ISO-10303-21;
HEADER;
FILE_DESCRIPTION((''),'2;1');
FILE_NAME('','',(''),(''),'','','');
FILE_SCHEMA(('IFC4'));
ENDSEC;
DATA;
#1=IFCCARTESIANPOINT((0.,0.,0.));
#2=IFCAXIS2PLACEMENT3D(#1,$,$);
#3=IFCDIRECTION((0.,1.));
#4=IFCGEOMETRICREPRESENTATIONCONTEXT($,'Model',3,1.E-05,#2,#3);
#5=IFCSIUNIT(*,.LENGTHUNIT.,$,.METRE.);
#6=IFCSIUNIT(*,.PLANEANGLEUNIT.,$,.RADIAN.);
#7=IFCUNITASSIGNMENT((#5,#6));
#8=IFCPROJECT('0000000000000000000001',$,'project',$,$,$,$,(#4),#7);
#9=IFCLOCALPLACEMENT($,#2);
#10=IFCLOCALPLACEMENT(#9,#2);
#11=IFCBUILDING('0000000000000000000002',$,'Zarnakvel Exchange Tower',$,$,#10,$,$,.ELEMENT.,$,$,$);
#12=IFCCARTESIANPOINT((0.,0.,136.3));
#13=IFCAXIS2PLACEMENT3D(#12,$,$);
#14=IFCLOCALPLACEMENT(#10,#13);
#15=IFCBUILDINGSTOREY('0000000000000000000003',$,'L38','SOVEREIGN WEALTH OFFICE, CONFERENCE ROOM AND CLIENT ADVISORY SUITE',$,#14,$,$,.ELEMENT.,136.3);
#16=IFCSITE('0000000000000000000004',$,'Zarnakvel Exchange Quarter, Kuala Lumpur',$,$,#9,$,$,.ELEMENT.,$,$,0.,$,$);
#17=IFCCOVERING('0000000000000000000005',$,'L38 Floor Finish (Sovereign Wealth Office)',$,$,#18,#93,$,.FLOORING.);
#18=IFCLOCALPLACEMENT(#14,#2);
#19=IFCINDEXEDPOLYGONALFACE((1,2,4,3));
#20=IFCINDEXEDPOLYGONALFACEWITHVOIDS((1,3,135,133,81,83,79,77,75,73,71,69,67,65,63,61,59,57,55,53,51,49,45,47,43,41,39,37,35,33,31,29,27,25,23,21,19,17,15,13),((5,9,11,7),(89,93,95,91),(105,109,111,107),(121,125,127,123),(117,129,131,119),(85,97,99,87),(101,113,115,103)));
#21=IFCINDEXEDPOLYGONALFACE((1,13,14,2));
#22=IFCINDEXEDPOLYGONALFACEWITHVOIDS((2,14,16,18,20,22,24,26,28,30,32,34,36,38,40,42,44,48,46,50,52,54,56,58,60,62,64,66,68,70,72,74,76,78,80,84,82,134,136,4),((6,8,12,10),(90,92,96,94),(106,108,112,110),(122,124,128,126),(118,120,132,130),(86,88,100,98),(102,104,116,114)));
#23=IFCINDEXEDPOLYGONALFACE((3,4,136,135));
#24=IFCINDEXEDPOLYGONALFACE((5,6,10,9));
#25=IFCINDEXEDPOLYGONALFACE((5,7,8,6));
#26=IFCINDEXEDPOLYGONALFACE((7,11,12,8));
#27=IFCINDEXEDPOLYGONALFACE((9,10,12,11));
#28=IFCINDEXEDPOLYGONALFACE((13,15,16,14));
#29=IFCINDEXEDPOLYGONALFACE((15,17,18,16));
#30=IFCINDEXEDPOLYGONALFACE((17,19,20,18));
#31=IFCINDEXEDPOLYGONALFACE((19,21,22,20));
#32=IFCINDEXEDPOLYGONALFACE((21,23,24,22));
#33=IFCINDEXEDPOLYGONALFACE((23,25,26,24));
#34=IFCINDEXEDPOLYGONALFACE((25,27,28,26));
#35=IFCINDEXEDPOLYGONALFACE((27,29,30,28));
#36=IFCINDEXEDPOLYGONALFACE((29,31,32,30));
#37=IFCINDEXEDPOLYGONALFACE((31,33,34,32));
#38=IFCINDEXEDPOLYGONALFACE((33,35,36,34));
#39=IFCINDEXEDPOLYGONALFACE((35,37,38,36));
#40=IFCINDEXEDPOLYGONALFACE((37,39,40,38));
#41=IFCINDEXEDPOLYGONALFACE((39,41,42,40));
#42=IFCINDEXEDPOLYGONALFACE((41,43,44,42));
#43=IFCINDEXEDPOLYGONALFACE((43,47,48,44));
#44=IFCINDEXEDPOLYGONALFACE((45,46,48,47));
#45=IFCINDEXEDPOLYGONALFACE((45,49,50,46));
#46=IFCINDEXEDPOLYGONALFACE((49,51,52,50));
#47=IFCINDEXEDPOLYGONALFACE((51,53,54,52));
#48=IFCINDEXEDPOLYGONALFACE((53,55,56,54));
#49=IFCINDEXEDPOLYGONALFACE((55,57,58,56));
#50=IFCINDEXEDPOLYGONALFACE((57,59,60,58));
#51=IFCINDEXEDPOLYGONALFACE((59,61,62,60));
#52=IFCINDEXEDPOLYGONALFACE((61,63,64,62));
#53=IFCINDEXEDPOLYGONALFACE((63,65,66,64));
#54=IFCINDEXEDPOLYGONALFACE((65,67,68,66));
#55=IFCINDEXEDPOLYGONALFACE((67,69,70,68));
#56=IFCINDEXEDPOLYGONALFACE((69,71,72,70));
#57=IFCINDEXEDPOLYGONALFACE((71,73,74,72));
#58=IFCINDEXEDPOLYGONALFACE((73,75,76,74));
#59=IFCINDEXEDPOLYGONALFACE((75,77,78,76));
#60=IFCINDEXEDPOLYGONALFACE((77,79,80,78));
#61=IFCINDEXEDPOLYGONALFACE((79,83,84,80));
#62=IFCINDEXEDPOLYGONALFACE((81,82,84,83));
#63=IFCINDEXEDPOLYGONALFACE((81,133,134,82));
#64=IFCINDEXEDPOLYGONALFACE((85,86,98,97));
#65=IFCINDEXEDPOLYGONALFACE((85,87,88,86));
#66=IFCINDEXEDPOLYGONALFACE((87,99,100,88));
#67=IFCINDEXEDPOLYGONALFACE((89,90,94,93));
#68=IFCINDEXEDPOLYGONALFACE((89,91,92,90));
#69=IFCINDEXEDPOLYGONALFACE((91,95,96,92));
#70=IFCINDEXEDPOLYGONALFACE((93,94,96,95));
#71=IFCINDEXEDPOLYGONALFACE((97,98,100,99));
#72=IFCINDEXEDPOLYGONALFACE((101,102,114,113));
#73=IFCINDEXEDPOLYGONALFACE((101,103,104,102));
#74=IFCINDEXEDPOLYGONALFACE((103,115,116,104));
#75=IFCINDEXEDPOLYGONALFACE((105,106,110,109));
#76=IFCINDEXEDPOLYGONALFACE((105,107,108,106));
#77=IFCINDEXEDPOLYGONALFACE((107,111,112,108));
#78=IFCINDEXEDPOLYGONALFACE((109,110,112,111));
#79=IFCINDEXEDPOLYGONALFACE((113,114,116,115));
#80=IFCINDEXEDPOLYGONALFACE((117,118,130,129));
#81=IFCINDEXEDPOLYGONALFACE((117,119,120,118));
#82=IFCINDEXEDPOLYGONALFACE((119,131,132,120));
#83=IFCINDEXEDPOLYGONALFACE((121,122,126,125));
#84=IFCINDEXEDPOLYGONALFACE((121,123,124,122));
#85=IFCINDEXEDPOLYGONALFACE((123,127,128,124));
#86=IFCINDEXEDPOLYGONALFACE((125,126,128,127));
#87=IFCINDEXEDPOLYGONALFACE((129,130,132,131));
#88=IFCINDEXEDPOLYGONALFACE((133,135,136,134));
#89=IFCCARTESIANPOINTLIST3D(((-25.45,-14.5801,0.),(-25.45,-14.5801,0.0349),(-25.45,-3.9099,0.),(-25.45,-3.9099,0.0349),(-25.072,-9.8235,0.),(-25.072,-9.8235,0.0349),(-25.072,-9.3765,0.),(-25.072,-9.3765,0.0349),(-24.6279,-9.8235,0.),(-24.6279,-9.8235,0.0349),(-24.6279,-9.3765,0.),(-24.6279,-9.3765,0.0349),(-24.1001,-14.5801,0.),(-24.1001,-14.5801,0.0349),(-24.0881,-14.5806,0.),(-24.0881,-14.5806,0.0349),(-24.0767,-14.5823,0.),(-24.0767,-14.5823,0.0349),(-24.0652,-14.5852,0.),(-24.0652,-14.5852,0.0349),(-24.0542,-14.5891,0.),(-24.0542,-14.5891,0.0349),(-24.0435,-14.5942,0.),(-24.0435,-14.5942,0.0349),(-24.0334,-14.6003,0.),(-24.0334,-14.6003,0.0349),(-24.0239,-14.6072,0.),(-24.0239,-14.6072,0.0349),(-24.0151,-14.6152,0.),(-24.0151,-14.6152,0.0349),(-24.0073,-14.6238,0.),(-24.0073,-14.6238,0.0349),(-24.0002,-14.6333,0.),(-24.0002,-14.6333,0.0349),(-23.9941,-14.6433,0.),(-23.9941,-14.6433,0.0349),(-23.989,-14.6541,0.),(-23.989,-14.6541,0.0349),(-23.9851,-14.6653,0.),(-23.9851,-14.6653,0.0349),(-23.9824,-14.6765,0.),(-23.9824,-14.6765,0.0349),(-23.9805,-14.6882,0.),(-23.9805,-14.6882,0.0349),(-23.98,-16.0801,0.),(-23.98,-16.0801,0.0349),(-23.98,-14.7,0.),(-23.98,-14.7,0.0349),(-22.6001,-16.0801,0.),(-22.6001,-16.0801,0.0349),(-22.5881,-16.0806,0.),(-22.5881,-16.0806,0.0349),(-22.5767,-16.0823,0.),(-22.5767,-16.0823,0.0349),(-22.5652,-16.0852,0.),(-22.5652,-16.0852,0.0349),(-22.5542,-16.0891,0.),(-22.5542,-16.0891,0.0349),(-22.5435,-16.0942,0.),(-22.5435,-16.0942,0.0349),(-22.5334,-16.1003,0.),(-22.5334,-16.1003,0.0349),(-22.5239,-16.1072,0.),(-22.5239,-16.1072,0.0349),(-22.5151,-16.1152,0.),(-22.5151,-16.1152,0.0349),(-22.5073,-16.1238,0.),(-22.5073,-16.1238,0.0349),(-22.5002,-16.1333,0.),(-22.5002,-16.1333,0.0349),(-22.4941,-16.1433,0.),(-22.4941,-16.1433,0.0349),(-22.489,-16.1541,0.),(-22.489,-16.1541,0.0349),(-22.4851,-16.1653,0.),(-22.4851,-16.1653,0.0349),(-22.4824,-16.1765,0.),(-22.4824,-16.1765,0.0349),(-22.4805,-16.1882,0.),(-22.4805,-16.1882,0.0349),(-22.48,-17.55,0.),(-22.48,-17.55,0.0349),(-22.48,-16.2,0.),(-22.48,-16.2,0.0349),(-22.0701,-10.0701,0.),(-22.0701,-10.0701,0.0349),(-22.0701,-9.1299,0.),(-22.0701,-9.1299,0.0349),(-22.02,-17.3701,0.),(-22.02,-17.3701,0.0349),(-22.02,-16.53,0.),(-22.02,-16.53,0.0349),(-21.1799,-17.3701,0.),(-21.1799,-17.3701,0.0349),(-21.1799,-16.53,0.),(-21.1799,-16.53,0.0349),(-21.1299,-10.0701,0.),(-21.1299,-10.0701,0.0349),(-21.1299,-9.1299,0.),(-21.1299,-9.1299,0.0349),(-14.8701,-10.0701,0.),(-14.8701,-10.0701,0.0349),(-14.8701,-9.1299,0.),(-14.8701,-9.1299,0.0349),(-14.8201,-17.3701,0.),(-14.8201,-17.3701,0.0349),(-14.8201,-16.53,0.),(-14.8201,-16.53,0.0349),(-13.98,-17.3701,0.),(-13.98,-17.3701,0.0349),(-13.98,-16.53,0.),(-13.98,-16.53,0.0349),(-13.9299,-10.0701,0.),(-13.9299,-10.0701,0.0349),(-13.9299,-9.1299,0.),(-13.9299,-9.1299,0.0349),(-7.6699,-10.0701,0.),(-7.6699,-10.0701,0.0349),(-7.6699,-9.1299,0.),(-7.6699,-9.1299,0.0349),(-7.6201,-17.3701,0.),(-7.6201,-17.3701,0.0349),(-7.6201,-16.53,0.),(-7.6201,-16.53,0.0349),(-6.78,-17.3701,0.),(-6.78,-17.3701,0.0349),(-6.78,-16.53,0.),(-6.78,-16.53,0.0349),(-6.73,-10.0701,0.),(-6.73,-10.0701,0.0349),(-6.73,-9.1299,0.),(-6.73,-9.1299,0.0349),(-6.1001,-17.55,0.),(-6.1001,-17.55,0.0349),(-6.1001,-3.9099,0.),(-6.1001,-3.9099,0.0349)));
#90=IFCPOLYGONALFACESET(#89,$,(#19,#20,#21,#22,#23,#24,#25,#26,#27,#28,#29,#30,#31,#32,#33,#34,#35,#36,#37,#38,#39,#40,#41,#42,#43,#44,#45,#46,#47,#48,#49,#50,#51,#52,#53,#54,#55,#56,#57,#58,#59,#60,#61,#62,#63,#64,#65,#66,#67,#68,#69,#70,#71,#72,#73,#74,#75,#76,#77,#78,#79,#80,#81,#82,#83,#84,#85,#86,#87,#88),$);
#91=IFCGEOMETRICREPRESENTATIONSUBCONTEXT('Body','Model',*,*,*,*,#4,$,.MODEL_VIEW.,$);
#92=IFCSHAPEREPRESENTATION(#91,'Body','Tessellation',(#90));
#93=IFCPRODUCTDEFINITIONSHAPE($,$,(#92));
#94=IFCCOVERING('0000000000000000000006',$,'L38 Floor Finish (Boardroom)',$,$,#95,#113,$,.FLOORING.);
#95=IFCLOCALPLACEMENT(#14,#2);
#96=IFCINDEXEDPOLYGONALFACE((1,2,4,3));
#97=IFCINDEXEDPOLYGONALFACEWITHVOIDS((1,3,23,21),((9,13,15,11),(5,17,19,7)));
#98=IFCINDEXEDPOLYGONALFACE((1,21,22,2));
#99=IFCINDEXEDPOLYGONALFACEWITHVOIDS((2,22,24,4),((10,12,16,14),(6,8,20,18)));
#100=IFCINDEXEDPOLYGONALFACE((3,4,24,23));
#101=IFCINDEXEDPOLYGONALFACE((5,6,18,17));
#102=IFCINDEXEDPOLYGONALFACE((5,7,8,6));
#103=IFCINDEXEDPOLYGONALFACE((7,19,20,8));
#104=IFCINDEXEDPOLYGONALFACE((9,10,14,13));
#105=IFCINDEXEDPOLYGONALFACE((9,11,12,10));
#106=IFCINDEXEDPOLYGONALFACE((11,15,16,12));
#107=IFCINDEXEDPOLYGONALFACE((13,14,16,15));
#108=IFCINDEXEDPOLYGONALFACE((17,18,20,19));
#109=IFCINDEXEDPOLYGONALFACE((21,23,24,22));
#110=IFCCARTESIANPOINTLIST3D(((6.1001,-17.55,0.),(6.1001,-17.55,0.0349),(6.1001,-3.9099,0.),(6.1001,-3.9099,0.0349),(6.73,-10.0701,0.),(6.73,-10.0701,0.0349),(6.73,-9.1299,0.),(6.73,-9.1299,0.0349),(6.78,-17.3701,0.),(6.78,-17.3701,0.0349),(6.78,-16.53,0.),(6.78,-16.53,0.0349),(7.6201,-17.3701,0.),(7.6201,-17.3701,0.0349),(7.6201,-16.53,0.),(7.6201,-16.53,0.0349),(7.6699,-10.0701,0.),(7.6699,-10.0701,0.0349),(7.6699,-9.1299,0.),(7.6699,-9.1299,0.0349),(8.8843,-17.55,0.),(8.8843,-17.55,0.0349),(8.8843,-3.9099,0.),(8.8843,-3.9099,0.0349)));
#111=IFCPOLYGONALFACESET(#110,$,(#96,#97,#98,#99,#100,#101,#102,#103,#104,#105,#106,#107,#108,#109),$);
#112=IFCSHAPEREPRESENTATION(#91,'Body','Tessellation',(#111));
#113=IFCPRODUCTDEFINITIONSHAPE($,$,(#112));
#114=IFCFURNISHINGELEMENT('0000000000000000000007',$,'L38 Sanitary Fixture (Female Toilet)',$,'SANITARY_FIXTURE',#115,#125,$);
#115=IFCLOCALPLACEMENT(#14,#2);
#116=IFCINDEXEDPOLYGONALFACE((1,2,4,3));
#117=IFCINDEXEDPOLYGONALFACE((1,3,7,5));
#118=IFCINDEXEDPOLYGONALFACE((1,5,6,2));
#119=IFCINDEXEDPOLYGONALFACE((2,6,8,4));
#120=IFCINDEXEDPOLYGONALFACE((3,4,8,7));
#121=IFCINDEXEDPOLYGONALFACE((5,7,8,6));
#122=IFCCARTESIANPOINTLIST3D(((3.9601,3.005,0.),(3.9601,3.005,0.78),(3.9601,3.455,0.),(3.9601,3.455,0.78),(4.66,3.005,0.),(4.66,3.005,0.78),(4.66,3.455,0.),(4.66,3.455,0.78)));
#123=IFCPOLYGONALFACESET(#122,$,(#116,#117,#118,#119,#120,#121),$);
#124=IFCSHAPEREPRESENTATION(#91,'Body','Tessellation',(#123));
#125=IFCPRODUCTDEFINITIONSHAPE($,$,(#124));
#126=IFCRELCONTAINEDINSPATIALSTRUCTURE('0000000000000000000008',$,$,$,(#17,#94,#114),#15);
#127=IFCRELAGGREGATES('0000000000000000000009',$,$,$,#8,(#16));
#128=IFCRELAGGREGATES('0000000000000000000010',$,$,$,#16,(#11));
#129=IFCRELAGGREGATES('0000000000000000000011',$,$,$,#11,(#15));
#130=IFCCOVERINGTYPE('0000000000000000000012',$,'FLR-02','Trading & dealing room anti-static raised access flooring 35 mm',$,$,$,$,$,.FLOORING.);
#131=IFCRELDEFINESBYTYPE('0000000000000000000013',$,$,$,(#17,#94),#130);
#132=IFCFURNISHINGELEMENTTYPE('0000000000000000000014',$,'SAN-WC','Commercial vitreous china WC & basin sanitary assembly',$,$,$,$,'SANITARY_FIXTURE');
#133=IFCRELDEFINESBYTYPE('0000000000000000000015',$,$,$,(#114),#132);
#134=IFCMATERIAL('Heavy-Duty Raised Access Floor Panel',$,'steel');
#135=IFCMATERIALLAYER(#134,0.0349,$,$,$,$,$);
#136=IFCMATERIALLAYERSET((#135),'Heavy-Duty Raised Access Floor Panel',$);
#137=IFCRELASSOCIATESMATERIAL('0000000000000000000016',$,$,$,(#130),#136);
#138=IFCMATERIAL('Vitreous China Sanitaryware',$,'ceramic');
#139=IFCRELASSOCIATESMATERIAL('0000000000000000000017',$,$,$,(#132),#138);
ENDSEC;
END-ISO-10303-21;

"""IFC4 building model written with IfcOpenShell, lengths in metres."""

from ifc_helpers import new_model, si_unit, direction, frame, origin, origin_2d, place, context, subcontext, project, spatial, polyline, rectangle, outline, extrude, source, transform, mapped, material, layer, layer_set, type_object, element, save


model = new_model("IFC4")

# Units and contexts
model_context = context("Model", 3, precision=1e-05, world=origin(), true_north=direction((0.0, 1.0)))
body_context = subcontext(model_context, "Body", "Model", "MODEL_VIEW")
ifc_project = project(units=[si_unit("LENGTHUNIT", "METRE"), si_unit("PLANEANGLEUNIT", "RADIAN")], contexts=[model_context])

# Site, building, storey
site_placement = place(None, origin())
site = spatial("IfcSite", under=ifc_project, at=site_placement, Name="Zarnakvel Exchange Quarter, Kuala Lumpur", CompositionType="ELEMENT", RefElevation=0.0)
building_placement = place(site_placement, origin())
building = spatial("IfcBuilding", under=site, at=building_placement, Name="Zarnakvel Exchange Tower", CompositionType="ELEMENT")
storey_placement = place(building_placement, frame((0.0, 0.0, 136.3)))
storey = spatial("IfcBuildingStorey", under=building, at=storey_placement, Name="L38", Description="SOVEREIGN WEALTH OFFICE, CONFERENCE ROOM AND CLIENT ADVISORY SUITE", CompositionType="ELEMENT", Elevation=136.3)

# Coverings
ifc_material_1 = material(Name="Heavy-Duty Raised Access Floor Panel", Category="steel")
ifc_layer_1 = layer(ifc_material_1, 0.0349)
ifc_layer_set_1 = layer_set([ifc_layer_1], Name="Heavy-Duty Raised Access Floor Panel")
covering_type_1 = type_object("IfcCoveringType", Name="FLR-02", Description="Trading & dealing room anti-static raised access flooring 35 mm", PredefinedType="FLOORING", material=ifc_layer_set_1)
covering_1_placement = place(storey_placement, origin())
element("IfcCovering", 1, at=covering_1_placement, inside=storey, type_object=covering_type_1, Name="L38 Floor Finish (Sovereign Wealth Office)", PredefinedType="FLOORING", context=body_context, shape_type="SweptSolid", body=[
    extrude(outline(polyline([(-6.1001, -3.9099), (-6.1001, -17.55), (-22.48, -17.55), (-22.48, -16.2), (-22.4805, -16.1882), (-22.4824, -16.1765), (-22.4851, -16.1653), (-22.489, -16.1541), (-22.4941, -16.1433), (-22.5002, -16.1333), (-22.5073, -16.1238), (-22.5151, -16.1152), (-22.5239, -16.1072), (-22.5334, -16.1003), (-22.5435, -16.0942), (-22.5542, -16.0891), (-22.5652, -16.0852), (-22.5767, -16.0823), (-22.5881, -16.0806), (-22.6001, -16.0801), (-23.98, -16.0801), (-23.98, -14.7), (-23.9805, -14.6882), (-23.9824, -14.6765), (-23.9851, -14.6653), (-23.989, -14.6541), (-23.9941, -14.6433), (-24.0002, -14.6333), (-24.0073, -14.6238), (-24.0151, -14.6152), (-24.0239, -14.6072), (-24.0334, -14.6003), (-24.0435, -14.5942), (-24.0542, -14.5891), (-24.0652, -14.5852), (-24.0767, -14.5823), (-24.0881, -14.5806), (-24.1001, -14.5801), (-25.45, -14.5801), (-25.45, -3.9099), (-6.1001, -3.9099)]), holes=[polyline([(-7.6699, -10.0701), (-6.73, -10.0701), (-6.73, -9.1299), (-7.6699, -9.1299), (-7.6699, -10.0701)]), polyline([(-6.78, -17.3701), (-6.78, -16.53), (-7.6201, -16.53), (-7.6201, -17.3701), (-6.78, -17.3701)]), polyline([(-13.9299, -10.0701), (-13.9299, -9.1299), (-14.8701, -9.1299), (-14.8701, -10.0701), (-13.9299, -10.0701)]), polyline([(-13.98, -17.3701), (-13.98, -16.53), (-14.8201, -16.53), (-14.8201, -17.3701), (-13.98, -17.3701)]), polyline([(-21.1299, -10.0701), (-21.1299, -9.1299), (-22.0701, -9.1299), (-22.0701, -10.0701), (-21.1299, -10.0701)]), polyline([(-21.1799, -17.3701), (-21.1799, -16.53), (-22.02, -16.53), (-22.02, -17.3701), (-21.1799, -17.3701)]), polyline([(-25.072, -9.8235), (-24.6279, -9.8235), (-24.6279, -9.3765), (-25.072, -9.3765), (-25.072, -9.8235)])]), origin(), (0.0, 0.0, 1.0), 0.0349),
])
covering_2_placement = place(storey_placement, origin())
element("IfcCovering", 2, at=covering_2_placement, inside=storey, type_object=covering_type_1, Name="L38 Floor Finish (Boardroom)", PredefinedType="FLOORING", context=body_context, shape_type="SweptSolid", body=[
    extrude(outline(polyline([(6.1001, -3.9099), (8.8843, -3.9099), (8.8843, -17.55), (6.1001, -17.55), (6.1001, -3.9099)]), holes=[polyline([(6.73, -10.0701), (7.6699, -10.0701), (7.6699, -9.1299), (6.73, -9.1299), (6.73, -10.0701)]), polyline([(7.6201, -17.3701), (7.6201, -16.53), (6.78, -16.53), (6.78, -17.3701), (7.6201, -17.3701)])]), origin(), (0.0, 0.0, 1.0), 0.0349),
])

# Furnishing element
ifc_material_2 = material(Name="Vitreous China Sanitaryware", Category="ceramic")
furnishing_element_type = type_object("IfcFurnishingElementType", Name="SAN-WC", Description="Commercial vitreous china WC & basin sanitary assembly", ElementType="SANITARY_FIXTURE", material=ifc_material_2)
shared_shape_1 = source(origin(), body_context, "Body", "SweptSolid", [
    extrude(rectangle(XDim=0.7, YDim=0.45, at=origin_2d()), origin(), (0.0, 0.0, 1.0), 0.78),
])
furnishing_placement = place(storey_placement, frame((4.3101, 3.23, 0.0), z_axis=(0.0, 0.0, 1.0), x_axis=(1.0, 0.0, 0.0)))
element("IfcFurnishingElement", 3, at=furnishing_placement, inside=storey, type_object=furnishing_element_type, Name="L38 Sanitary Fixture (Female Toilet)", ObjectType="SANITARY_FIXTURE", context=body_context, shape_type="MappedRepresentation", body=[
    mapped(shared_shape_1, transform((0.0, 0.0, 0.0), x_axis=(1.0, 0.0, 0.0), y_axis=(0.0, 1.0, 0.0), z_axis=(0.0, 0.0, 1.0), scale=1.0)),
])

save(model, "model.ifc")
